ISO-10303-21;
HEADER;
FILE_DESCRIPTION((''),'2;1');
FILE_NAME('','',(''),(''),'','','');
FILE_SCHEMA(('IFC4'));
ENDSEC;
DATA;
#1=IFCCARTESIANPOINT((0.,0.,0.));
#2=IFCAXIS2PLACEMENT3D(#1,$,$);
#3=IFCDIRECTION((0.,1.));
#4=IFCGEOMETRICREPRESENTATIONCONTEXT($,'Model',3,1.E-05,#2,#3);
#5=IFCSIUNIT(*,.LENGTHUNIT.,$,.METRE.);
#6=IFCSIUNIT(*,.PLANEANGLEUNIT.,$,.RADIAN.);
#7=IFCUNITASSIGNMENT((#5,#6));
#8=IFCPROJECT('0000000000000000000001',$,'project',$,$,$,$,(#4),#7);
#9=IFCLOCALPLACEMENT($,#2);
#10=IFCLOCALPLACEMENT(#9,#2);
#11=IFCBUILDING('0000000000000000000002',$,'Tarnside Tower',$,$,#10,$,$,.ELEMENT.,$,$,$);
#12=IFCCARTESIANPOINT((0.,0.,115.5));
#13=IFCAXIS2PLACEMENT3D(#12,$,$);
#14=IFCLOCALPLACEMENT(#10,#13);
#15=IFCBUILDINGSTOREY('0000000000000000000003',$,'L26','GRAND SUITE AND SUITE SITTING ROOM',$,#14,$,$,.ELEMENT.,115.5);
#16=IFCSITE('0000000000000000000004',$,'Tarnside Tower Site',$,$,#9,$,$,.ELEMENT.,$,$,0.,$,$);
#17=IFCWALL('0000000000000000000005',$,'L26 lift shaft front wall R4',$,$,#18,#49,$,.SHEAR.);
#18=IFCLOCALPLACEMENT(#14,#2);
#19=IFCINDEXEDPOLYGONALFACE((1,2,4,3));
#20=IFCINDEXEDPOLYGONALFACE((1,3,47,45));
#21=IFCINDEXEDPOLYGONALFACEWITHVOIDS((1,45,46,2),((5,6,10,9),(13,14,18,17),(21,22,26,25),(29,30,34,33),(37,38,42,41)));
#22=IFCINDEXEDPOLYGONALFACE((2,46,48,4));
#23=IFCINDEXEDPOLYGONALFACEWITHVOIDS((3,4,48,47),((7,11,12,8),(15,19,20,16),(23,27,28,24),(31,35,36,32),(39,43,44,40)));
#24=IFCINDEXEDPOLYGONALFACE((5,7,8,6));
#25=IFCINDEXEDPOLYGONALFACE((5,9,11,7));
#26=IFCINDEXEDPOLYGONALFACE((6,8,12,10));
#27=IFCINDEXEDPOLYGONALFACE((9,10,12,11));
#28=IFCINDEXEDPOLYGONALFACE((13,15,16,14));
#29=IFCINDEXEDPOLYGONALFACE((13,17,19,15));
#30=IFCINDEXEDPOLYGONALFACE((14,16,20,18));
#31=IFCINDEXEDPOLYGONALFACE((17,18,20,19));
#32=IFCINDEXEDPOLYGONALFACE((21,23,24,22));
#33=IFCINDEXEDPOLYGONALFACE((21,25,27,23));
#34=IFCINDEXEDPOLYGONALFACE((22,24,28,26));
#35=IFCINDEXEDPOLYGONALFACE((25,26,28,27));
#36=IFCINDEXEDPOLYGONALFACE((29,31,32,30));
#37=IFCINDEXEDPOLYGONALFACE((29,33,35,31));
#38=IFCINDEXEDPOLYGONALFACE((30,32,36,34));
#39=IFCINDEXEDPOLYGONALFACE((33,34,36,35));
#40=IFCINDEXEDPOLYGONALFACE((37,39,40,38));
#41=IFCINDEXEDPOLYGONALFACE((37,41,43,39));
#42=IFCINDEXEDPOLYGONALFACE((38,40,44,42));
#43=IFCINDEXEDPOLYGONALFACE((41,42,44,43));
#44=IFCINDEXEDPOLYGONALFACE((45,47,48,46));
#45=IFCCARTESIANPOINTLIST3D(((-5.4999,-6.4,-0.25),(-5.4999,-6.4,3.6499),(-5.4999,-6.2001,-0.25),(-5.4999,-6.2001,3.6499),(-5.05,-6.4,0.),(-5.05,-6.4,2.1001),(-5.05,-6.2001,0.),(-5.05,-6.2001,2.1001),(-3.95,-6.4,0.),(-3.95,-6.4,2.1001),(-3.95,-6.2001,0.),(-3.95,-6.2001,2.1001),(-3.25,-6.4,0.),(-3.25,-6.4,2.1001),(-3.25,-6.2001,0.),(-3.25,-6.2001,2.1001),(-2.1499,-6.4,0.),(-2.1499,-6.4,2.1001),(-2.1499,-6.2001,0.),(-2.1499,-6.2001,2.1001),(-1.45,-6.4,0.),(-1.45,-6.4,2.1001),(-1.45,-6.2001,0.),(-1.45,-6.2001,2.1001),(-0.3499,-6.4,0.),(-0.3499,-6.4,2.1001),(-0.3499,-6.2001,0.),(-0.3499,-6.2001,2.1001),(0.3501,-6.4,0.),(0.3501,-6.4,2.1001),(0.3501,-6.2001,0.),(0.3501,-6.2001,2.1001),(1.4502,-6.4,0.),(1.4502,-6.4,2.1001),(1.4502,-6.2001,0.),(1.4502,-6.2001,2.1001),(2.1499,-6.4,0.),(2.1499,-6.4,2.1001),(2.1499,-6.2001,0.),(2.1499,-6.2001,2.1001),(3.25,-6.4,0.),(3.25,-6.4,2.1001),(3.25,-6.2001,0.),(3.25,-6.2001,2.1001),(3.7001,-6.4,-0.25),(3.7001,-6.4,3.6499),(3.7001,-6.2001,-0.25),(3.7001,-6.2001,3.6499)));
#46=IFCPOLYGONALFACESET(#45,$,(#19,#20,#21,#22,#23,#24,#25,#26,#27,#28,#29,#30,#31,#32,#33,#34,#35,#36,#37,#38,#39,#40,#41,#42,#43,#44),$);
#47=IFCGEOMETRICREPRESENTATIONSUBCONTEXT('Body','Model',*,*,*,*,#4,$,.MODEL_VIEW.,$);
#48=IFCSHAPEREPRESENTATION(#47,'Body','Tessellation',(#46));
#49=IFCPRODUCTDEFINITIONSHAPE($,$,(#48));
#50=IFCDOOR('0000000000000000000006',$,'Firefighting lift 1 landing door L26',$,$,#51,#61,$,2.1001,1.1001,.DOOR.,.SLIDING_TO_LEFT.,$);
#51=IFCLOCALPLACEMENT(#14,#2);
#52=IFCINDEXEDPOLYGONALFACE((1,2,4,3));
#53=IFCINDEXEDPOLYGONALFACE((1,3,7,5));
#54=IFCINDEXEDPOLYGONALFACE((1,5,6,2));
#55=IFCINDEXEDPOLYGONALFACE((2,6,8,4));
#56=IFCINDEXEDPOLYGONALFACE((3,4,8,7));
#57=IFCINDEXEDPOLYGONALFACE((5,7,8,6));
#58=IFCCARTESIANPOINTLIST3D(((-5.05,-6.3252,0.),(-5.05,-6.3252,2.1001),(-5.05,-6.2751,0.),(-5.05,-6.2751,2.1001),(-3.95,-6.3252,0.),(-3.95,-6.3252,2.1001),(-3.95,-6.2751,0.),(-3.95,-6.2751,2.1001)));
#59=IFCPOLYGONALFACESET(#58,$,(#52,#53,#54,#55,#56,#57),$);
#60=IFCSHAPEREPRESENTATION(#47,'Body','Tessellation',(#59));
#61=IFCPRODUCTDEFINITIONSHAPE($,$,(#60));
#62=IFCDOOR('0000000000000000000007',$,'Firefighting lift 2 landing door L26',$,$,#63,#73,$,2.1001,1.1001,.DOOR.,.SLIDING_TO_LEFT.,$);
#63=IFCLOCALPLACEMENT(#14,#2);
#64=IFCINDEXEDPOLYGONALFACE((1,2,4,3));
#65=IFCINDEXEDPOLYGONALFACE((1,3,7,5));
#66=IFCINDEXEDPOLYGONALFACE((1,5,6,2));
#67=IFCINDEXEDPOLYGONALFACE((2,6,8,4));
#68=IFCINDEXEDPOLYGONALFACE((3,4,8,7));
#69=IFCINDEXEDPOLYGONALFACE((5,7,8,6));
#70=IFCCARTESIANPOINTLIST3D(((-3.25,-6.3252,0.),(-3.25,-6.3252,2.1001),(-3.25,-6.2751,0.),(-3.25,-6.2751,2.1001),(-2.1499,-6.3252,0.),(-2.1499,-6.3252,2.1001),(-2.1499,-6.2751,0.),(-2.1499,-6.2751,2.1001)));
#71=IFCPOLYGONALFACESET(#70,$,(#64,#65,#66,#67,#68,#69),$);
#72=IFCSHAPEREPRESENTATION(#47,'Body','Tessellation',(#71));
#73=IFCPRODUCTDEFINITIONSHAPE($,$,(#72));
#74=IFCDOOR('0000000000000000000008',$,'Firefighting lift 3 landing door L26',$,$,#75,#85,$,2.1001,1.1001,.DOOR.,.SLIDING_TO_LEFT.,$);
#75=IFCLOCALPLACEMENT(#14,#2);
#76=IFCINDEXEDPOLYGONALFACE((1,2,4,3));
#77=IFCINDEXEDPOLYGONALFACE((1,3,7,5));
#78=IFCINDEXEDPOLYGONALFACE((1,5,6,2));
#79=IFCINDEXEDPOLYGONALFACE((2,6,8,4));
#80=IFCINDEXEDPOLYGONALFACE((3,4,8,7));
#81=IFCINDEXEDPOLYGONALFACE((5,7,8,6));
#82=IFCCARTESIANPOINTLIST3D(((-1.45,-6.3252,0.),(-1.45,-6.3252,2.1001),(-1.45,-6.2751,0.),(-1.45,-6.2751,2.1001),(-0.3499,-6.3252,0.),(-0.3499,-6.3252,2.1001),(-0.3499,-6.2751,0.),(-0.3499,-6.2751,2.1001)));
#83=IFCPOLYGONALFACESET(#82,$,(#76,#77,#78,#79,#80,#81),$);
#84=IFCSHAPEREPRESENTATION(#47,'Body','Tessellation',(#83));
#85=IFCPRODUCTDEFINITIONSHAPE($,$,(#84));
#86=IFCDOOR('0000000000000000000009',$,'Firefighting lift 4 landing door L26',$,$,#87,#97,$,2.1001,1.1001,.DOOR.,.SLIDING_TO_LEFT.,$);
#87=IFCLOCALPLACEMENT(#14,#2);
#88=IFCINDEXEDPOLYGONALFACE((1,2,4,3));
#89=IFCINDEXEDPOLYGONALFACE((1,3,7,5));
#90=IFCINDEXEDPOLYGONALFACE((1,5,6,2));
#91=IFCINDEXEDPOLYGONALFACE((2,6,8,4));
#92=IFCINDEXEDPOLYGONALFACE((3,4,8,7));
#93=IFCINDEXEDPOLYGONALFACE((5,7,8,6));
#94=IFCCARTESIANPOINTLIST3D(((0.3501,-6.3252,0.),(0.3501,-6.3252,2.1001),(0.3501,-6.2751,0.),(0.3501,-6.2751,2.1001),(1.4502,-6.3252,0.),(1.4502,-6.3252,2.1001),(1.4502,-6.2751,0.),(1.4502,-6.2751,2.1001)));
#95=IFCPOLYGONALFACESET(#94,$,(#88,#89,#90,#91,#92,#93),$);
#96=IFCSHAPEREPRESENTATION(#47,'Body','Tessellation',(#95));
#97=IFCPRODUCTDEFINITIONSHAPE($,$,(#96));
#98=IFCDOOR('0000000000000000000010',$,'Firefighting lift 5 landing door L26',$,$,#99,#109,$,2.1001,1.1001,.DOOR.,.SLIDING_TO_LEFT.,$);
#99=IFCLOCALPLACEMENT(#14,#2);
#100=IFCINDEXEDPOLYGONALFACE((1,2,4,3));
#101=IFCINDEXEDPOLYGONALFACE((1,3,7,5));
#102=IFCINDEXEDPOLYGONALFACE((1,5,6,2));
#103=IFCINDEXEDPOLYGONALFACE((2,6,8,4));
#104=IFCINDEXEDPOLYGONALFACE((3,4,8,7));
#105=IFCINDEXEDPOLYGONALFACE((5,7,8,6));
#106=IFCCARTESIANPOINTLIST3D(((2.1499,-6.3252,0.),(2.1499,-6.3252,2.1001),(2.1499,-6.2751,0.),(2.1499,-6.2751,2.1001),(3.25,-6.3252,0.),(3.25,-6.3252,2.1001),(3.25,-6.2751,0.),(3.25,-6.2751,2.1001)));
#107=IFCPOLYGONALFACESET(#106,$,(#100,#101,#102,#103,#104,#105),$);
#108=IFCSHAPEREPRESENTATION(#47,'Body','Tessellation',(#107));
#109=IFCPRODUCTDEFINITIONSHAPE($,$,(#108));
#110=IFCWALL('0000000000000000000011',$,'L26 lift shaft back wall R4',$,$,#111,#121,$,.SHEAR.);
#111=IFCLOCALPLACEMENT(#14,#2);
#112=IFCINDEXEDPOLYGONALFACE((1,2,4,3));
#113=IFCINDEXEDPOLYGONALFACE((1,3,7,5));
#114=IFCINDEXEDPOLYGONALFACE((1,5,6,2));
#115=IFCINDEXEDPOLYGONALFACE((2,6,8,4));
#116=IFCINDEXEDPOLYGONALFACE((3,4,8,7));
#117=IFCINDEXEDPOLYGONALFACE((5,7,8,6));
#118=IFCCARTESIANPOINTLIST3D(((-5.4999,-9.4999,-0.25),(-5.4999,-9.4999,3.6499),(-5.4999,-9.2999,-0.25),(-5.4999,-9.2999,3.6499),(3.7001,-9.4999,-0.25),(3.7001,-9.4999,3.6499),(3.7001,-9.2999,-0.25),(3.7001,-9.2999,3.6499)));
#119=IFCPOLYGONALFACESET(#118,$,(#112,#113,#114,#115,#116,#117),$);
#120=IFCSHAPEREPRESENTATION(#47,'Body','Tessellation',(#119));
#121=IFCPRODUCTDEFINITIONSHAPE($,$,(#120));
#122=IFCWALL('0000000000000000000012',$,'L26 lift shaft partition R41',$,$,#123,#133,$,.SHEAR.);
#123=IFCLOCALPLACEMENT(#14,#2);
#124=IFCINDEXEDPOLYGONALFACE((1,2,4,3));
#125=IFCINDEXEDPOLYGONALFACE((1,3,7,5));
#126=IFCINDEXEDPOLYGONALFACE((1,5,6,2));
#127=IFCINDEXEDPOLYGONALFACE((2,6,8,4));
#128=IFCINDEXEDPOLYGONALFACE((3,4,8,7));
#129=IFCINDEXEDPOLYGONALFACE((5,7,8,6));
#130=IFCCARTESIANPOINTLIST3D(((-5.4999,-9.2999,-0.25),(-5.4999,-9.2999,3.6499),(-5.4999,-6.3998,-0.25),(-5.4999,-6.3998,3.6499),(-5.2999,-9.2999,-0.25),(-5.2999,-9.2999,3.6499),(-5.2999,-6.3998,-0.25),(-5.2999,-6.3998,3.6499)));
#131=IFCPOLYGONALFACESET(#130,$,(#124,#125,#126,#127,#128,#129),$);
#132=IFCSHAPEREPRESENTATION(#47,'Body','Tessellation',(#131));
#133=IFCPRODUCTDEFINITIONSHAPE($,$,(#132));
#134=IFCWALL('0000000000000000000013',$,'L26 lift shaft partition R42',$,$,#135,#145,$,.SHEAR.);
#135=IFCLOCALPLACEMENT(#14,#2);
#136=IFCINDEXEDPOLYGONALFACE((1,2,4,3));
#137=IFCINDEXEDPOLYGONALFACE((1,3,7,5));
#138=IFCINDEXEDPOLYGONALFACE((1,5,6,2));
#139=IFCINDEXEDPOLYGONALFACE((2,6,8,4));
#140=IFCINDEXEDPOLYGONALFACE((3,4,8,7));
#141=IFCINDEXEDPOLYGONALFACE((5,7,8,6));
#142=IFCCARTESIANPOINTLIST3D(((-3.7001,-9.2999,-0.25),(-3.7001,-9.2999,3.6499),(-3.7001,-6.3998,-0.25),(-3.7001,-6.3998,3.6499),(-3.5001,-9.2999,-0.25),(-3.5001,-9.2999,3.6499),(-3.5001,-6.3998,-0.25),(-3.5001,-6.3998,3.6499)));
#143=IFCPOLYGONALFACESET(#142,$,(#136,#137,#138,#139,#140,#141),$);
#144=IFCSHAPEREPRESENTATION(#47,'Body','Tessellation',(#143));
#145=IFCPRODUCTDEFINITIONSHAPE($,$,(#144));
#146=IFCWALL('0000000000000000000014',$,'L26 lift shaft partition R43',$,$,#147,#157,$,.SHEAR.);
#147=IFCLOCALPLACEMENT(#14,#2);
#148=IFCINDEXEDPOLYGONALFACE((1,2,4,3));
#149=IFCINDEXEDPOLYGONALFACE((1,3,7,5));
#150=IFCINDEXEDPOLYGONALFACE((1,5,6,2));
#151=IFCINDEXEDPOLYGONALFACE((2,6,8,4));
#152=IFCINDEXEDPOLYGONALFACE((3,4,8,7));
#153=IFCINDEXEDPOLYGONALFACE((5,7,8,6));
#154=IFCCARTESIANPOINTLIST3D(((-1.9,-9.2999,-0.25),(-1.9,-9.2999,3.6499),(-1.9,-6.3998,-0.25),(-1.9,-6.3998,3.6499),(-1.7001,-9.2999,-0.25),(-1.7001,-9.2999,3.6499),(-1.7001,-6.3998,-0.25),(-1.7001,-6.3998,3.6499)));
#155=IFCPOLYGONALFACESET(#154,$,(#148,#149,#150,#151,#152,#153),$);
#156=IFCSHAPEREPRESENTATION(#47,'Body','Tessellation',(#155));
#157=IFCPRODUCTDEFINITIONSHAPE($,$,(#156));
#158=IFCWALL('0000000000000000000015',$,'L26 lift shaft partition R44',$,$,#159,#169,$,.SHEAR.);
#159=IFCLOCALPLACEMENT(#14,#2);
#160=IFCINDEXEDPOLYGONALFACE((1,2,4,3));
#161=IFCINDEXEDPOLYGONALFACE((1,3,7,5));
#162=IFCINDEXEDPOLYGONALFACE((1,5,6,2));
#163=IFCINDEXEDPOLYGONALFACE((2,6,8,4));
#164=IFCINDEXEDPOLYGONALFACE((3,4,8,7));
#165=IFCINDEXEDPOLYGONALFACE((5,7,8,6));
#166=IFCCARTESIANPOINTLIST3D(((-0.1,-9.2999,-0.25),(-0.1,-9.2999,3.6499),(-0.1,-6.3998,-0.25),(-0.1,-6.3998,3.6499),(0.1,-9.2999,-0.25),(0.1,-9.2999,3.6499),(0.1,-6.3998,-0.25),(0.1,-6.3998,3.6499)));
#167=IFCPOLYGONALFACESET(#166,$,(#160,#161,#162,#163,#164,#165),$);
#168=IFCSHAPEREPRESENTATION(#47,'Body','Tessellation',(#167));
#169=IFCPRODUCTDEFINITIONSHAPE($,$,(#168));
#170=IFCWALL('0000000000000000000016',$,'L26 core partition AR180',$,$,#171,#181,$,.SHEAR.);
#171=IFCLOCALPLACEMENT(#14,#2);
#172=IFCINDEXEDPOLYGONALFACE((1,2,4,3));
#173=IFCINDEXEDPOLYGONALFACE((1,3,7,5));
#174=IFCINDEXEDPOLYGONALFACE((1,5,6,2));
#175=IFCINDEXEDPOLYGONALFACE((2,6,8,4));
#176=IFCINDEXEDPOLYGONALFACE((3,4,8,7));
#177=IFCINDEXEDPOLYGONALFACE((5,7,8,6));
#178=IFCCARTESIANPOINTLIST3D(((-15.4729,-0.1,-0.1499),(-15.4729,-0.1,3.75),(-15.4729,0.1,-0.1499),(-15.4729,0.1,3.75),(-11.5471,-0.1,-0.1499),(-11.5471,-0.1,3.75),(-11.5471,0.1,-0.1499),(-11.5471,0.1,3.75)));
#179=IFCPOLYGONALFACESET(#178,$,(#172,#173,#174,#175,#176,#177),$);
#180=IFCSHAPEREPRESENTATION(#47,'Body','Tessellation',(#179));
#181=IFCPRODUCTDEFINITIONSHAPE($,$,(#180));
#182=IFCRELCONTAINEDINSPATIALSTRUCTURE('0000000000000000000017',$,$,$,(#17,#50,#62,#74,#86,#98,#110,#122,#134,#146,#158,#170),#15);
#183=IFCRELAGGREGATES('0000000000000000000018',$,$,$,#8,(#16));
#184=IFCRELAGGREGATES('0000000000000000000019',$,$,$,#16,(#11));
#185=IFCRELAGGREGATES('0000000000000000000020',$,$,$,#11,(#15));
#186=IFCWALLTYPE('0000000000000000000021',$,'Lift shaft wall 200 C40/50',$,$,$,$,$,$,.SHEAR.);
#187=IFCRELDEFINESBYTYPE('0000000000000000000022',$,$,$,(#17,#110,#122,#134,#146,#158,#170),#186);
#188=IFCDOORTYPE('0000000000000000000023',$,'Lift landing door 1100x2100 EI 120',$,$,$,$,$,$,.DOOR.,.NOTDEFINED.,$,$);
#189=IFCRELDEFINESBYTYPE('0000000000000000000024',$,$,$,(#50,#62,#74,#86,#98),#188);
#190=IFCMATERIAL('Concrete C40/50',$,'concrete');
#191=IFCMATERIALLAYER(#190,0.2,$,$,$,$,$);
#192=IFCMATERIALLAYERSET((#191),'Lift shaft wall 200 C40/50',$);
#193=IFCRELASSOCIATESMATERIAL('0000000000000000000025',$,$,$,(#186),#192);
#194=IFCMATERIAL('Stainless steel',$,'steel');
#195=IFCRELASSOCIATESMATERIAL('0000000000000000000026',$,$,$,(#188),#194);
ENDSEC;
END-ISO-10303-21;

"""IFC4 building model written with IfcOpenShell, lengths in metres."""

from ifc_helpers import new_model, si_unit, direction, frame, frame_2d, origin, place, context, subcontext, project, spatial, rectangle, extrude, material, layer, layer_set, type_object, element, fill, save


model = new_model("IFC4")

# Units and contexts
model_context = context("Model", 3, precision=1e-05, world=origin(), true_north=direction((0.0, 1.0)))
body_context = subcontext(model_context, "Body", "Model", "MODEL_VIEW")
ifc_project = project(units=[si_unit("LENGTHUNIT", "METRE"), si_unit("PLANEANGLEUNIT", "RADIAN")], contexts=[model_context])

# Site, building, storey
site_placement = place(None, origin())
site = spatial("IfcSite", under=ifc_project, at=site_placement, Name="Tarnside Tower Site", CompositionType="ELEMENT", RefElevation=0.0)
building_placement = place(site_placement, origin())
building = spatial("IfcBuilding", under=site, at=building_placement, Name="Tarnside Tower", CompositionType="ELEMENT")
storey_placement = place(building_placement, frame((0.0, 0.0, 115.5)))
storey = spatial("IfcBuildingStorey", under=building, at=storey_placement, Name="L26", Description="GRAND SUITE AND SUITE SITTING ROOM", CompositionType="ELEMENT", Elevation=115.5)

# Shared definitions
ifc_material_1 = material(Name="Concrete C40/50", Category="concrete")

# Wall, openings, doors
ifc_layer_1 = layer(ifc_material_1, 0.2)
ifc_layer_set_1 = layer_set([ifc_layer_1], Name="Lift shaft wall 200 C40/50")
wall_type_1 = type_object("IfcWallType", Name="Lift shaft wall 200 C40/50", PredefinedType="SHEAR", material=ifc_layer_set_1)
wall_1_placement = place(storey_placement, frame((-5.5, -6.3, -0.25), z_axis=(0.0, 0.0, 1.0), x_axis=(1.0, 0.0, 0.0)))
wall_1 = element("IfcWall", 1, at=wall_1_placement, inside=storey, type_object=wall_type_1, Name="L26 lift shaft front wall R4", PredefinedType="SHEAR", context=body_context, shape_type="SweptSolid", body=[
    extrude(rectangle(XDim=9.2, YDim=0.2, at=frame_2d((4.6001, 0.0))), origin(), (0.0, 0.0, 1.0), 3.8999),
])
opening_1_placement = place(wall_1_placement, frame((0.45, 0.0, 0.25)))
opening_1 = element("IfcOpeningElement", 2, at=opening_1_placement, cuts=wall_1, PredefinedType="OPENING", context=body_context, shape_type="SweptSolid", body=[
    extrude(rectangle(XDim=1.1001, YDim=2.1001, at=frame_2d((0.55, 1.05))), frame((0.0, 0.1099, 0.0), z_axis=(0.0, -1.0, 0.0), x_axis=(1.0, 0.0, 0.0)), (0.0, 0.0, 1.0), 0.22),
])
opening_2_placement = place(wall_1_placement, frame((2.25, 0.0, 0.25)))
opening_2 = element("IfcOpeningElement", 3, at=opening_2_placement, cuts=wall_1, PredefinedType="OPENING", context=body_context, shape_type="SweptSolid", body=[
    extrude(rectangle(XDim=1.1001, YDim=2.1001, at=frame_2d((0.55, 1.05))), frame((0.0, 0.1099, 0.0), z_axis=(0.0, -1.0, 0.0), x_axis=(1.0, 0.0, 0.0)), (0.0, 0.0, 1.0), 0.22),
])
opening_3_placement = place(wall_1_placement, frame((4.05, 0.0, 0.25)))
opening_3 = element("IfcOpeningElement", 4, at=opening_3_placement, cuts=wall_1, PredefinedType="OPENING", context=body_context, shape_type="SweptSolid", body=[
    extrude(rectangle(XDim=1.1001, YDim=2.1001, at=frame_2d((0.55, 1.05))), frame((0.0, 0.1099, 0.0), z_axis=(0.0, -1.0, 0.0), x_axis=(1.0, 0.0, 0.0)), (0.0, 0.0, 1.0), 0.22),
])
opening_4_placement = place(wall_1_placement, frame((5.8501, 0.0, 0.25)))
opening_4 = element("IfcOpeningElement", 5, at=opening_4_placement, cuts=wall_1, PredefinedType="OPENING", context=body_context, shape_type="SweptSolid", body=[
    extrude(rectangle(XDim=1.1001, YDim=2.1001, at=frame_2d((0.55, 1.05))), frame((0.0, 0.1099, 0.0), z_axis=(0.0, -1.0, 0.0), x_axis=(1.0, 0.0, 0.0)), (0.0, 0.0, 1.0), 0.22),
])
opening_5_placement = place(wall_1_placement, frame((7.6499, 0.0, 0.25)))
opening_5 = element("IfcOpeningElement", 6, at=opening_5_placement, cuts=wall_1, PredefinedType="OPENING", context=body_context, shape_type="SweptSolid", body=[
    extrude(rectangle(XDim=1.1001, YDim=2.1001, at=frame_2d((0.55, 1.05))), frame((0.0, 0.1099, 0.0), z_axis=(0.0, -1.0, 0.0), x_axis=(1.0, 0.0, 0.0)), (0.0, 0.0, 1.0), 0.22),
])
ifc_material_2 = material(Name="Stainless steel", Category="steel")
door_type_1 = type_object("IfcDoorType", Name="Lift landing door 1100x2100 EI 120", OperationType="NOTDEFINED", PredefinedType="DOOR", material=ifc_material_2)
door_1_placement = place(opening_1_placement, origin())
door_1 = element("IfcDoor", 7, at=door_1_placement, inside=storey, type_object=door_type_1, Name="Firefighting lift 1 landing door L26", OperationType="SLIDING_TO_LEFT", OverallHeight=2.1001, OverallWidth=1.1001, PredefinedType="DOOR", context=body_context, shape_type="SweptSolid", body=[
    extrude(rectangle(XDim=1.1001, YDim=2.1001, at=frame_2d((0.55, 1.05))), frame((0.0, 0.0249, 0.0), z_axis=(0.0, -1.0, 0.0), x_axis=(1.0, 0.0, 0.0)), (0.0, 0.0, 1.0), 0.05),
])
fill(opening_1, door_1)
door_2_placement = place(opening_2_placement, origin())
door_2 = element("IfcDoor", 8, at=door_2_placement, inside=storey, type_object=door_type_1, Name="Firefighting lift 2 landing door L26", OperationType="SLIDING_TO_LEFT", OverallHeight=2.1001, OverallWidth=1.1001, PredefinedType="DOOR", context=body_context, shape_type="SweptSolid", body=[
    extrude(rectangle(XDim=1.1001, YDim=2.1001, at=frame_2d((0.55, 1.05))), frame((0.0, 0.0249, 0.0), z_axis=(0.0, -1.0, 0.0), x_axis=(1.0, 0.0, 0.0)), (0.0, 0.0, 1.0), 0.05),
])
fill(opening_2, door_2)
door_3_placement = place(opening_3_placement, origin())
door_3 = element("IfcDoor", 9, at=door_3_placement, inside=storey, type_object=door_type_1, Name="Firefighting lift 3 landing door L26", OperationType="SLIDING_TO_LEFT", OverallHeight=2.1001, OverallWidth=1.1001, PredefinedType="DOOR", context=body_context, shape_type="SweptSolid", body=[
    extrude(rectangle(XDim=1.1001, YDim=2.1001, at=frame_2d((0.55, 1.05))), frame((0.0, 0.0249, 0.0), z_axis=(0.0, -1.0, 0.0), x_axis=(1.0, 0.0, 0.0)), (0.0, 0.0, 1.0), 0.05),
])
fill(opening_3, door_3)
door_4_placement = place(opening_4_placement, origin())
door_4 = element("IfcDoor", 10, at=door_4_placement, inside=storey, type_object=door_type_1, Name="Firefighting lift 4 landing door L26", OperationType="SLIDING_TO_LEFT", OverallHeight=2.1001, OverallWidth=1.1001, PredefinedType="DOOR", context=body_context, shape_type="SweptSolid", body=[
    extrude(rectangle(XDim=1.1001, YDim=2.1001, at=frame_2d((0.55, 1.05))), frame((0.0, 0.0249, 0.0), z_axis=(0.0, -1.0, 0.0), x_axis=(1.0, 0.0, 0.0)), (0.0, 0.0, 1.0), 0.05),
])
fill(opening_4, door_4)
door_5_placement = place(opening_5_placement, origin())
door_5 = element("IfcDoor", 11, at=door_5_placement, inside=storey, type_object=door_type_1, Name="Firefighting lift 5 landing door L26", OperationType="SLIDING_TO_LEFT", OverallHeight=2.1001, OverallWidth=1.1001, PredefinedType="DOOR", context=body_context, shape_type="SweptSolid", body=[
    extrude(rectangle(XDim=1.1001, YDim=2.1001, at=frame_2d((0.55, 1.05))), frame((0.0, 0.0249, 0.0), z_axis=(0.0, -1.0, 0.0), x_axis=(1.0, 0.0, 0.0)), (0.0, 0.0, 1.0), 0.05),
])
fill(opening_5, door_5)

# Walls
wall_2_placement = place(storey_placement, frame((-5.5, -9.3999, -0.25), z_axis=(0.0, 0.0, 1.0), x_axis=(1.0, 0.0, 0.0)))
element("IfcWall", 12, at=wall_2_placement, inside=storey, type_object=wall_type_1, Name="L26 lift shaft back wall R4", PredefinedType="SHEAR", context=body_context, shape_type="SweptSolid", body=[
    extrude(rectangle(XDim=9.2, YDim=0.2, at=frame_2d((4.6001, 0.0))), origin(), (0.0, 0.0, 1.0), 3.8999),
])
for number, where, z_axis, x_axis, name in (
    (13, (-5.3999, -9.3, -0.25), (0.0, 0.0, 1.0), (0.0, 1.0, 0.0), "L26 lift shaft partition R41"),
    (14, (-3.6001, -9.3, -0.25), (0.0, 0.0, 1.0), (0.0, 1.0, 0.0), "L26 lift shaft partition R42"),
    (15, (-1.8, -9.3, -0.25), (0.0, 0.0, 1.0), (0.0, 1.0, 0.0), "L26 lift shaft partition R43"),
    (16, (0.0, -9.3, -0.25), (0.0, 0.0, 1.0), (0.0, 1.0, 0.0), "L26 lift shaft partition R44"),
):
    element("IfcWall", number, at=place(storey_placement, frame(where, z_axis=z_axis, x_axis=x_axis)), inside=storey, type_object=wall_type_1, Name=name, PredefinedType="SHEAR", context=body_context, shape_type="SweptSolid", body=[
        extrude(rectangle(XDim=2.9001, YDim=0.2, at=frame_2d((1.4502, 0.0))), origin(), (0.0, 0.0, 1.0), 3.8999),
    ])
wall_3_placement = place(storey_placement, frame((-11.5471, 0.0, -0.1499), z_axis=(0.0, 0.0, 1.0), x_axis=(-1.0, 0.0, 0.0)))
element("IfcWall", 17, at=wall_3_placement, inside=storey, type_object=wall_type_1, Name="L26 core partition AR180", PredefinedType="SHEAR", context=body_context, shape_type="SweptSolid", body=[
    extrude(rectangle(XDim=3.9258, YDim=0.2, at=frame_2d((1.9629, 0.0))), origin(), (0.0, 0.0, 1.0), 3.8999),
])

save(model, "model.ifc")
